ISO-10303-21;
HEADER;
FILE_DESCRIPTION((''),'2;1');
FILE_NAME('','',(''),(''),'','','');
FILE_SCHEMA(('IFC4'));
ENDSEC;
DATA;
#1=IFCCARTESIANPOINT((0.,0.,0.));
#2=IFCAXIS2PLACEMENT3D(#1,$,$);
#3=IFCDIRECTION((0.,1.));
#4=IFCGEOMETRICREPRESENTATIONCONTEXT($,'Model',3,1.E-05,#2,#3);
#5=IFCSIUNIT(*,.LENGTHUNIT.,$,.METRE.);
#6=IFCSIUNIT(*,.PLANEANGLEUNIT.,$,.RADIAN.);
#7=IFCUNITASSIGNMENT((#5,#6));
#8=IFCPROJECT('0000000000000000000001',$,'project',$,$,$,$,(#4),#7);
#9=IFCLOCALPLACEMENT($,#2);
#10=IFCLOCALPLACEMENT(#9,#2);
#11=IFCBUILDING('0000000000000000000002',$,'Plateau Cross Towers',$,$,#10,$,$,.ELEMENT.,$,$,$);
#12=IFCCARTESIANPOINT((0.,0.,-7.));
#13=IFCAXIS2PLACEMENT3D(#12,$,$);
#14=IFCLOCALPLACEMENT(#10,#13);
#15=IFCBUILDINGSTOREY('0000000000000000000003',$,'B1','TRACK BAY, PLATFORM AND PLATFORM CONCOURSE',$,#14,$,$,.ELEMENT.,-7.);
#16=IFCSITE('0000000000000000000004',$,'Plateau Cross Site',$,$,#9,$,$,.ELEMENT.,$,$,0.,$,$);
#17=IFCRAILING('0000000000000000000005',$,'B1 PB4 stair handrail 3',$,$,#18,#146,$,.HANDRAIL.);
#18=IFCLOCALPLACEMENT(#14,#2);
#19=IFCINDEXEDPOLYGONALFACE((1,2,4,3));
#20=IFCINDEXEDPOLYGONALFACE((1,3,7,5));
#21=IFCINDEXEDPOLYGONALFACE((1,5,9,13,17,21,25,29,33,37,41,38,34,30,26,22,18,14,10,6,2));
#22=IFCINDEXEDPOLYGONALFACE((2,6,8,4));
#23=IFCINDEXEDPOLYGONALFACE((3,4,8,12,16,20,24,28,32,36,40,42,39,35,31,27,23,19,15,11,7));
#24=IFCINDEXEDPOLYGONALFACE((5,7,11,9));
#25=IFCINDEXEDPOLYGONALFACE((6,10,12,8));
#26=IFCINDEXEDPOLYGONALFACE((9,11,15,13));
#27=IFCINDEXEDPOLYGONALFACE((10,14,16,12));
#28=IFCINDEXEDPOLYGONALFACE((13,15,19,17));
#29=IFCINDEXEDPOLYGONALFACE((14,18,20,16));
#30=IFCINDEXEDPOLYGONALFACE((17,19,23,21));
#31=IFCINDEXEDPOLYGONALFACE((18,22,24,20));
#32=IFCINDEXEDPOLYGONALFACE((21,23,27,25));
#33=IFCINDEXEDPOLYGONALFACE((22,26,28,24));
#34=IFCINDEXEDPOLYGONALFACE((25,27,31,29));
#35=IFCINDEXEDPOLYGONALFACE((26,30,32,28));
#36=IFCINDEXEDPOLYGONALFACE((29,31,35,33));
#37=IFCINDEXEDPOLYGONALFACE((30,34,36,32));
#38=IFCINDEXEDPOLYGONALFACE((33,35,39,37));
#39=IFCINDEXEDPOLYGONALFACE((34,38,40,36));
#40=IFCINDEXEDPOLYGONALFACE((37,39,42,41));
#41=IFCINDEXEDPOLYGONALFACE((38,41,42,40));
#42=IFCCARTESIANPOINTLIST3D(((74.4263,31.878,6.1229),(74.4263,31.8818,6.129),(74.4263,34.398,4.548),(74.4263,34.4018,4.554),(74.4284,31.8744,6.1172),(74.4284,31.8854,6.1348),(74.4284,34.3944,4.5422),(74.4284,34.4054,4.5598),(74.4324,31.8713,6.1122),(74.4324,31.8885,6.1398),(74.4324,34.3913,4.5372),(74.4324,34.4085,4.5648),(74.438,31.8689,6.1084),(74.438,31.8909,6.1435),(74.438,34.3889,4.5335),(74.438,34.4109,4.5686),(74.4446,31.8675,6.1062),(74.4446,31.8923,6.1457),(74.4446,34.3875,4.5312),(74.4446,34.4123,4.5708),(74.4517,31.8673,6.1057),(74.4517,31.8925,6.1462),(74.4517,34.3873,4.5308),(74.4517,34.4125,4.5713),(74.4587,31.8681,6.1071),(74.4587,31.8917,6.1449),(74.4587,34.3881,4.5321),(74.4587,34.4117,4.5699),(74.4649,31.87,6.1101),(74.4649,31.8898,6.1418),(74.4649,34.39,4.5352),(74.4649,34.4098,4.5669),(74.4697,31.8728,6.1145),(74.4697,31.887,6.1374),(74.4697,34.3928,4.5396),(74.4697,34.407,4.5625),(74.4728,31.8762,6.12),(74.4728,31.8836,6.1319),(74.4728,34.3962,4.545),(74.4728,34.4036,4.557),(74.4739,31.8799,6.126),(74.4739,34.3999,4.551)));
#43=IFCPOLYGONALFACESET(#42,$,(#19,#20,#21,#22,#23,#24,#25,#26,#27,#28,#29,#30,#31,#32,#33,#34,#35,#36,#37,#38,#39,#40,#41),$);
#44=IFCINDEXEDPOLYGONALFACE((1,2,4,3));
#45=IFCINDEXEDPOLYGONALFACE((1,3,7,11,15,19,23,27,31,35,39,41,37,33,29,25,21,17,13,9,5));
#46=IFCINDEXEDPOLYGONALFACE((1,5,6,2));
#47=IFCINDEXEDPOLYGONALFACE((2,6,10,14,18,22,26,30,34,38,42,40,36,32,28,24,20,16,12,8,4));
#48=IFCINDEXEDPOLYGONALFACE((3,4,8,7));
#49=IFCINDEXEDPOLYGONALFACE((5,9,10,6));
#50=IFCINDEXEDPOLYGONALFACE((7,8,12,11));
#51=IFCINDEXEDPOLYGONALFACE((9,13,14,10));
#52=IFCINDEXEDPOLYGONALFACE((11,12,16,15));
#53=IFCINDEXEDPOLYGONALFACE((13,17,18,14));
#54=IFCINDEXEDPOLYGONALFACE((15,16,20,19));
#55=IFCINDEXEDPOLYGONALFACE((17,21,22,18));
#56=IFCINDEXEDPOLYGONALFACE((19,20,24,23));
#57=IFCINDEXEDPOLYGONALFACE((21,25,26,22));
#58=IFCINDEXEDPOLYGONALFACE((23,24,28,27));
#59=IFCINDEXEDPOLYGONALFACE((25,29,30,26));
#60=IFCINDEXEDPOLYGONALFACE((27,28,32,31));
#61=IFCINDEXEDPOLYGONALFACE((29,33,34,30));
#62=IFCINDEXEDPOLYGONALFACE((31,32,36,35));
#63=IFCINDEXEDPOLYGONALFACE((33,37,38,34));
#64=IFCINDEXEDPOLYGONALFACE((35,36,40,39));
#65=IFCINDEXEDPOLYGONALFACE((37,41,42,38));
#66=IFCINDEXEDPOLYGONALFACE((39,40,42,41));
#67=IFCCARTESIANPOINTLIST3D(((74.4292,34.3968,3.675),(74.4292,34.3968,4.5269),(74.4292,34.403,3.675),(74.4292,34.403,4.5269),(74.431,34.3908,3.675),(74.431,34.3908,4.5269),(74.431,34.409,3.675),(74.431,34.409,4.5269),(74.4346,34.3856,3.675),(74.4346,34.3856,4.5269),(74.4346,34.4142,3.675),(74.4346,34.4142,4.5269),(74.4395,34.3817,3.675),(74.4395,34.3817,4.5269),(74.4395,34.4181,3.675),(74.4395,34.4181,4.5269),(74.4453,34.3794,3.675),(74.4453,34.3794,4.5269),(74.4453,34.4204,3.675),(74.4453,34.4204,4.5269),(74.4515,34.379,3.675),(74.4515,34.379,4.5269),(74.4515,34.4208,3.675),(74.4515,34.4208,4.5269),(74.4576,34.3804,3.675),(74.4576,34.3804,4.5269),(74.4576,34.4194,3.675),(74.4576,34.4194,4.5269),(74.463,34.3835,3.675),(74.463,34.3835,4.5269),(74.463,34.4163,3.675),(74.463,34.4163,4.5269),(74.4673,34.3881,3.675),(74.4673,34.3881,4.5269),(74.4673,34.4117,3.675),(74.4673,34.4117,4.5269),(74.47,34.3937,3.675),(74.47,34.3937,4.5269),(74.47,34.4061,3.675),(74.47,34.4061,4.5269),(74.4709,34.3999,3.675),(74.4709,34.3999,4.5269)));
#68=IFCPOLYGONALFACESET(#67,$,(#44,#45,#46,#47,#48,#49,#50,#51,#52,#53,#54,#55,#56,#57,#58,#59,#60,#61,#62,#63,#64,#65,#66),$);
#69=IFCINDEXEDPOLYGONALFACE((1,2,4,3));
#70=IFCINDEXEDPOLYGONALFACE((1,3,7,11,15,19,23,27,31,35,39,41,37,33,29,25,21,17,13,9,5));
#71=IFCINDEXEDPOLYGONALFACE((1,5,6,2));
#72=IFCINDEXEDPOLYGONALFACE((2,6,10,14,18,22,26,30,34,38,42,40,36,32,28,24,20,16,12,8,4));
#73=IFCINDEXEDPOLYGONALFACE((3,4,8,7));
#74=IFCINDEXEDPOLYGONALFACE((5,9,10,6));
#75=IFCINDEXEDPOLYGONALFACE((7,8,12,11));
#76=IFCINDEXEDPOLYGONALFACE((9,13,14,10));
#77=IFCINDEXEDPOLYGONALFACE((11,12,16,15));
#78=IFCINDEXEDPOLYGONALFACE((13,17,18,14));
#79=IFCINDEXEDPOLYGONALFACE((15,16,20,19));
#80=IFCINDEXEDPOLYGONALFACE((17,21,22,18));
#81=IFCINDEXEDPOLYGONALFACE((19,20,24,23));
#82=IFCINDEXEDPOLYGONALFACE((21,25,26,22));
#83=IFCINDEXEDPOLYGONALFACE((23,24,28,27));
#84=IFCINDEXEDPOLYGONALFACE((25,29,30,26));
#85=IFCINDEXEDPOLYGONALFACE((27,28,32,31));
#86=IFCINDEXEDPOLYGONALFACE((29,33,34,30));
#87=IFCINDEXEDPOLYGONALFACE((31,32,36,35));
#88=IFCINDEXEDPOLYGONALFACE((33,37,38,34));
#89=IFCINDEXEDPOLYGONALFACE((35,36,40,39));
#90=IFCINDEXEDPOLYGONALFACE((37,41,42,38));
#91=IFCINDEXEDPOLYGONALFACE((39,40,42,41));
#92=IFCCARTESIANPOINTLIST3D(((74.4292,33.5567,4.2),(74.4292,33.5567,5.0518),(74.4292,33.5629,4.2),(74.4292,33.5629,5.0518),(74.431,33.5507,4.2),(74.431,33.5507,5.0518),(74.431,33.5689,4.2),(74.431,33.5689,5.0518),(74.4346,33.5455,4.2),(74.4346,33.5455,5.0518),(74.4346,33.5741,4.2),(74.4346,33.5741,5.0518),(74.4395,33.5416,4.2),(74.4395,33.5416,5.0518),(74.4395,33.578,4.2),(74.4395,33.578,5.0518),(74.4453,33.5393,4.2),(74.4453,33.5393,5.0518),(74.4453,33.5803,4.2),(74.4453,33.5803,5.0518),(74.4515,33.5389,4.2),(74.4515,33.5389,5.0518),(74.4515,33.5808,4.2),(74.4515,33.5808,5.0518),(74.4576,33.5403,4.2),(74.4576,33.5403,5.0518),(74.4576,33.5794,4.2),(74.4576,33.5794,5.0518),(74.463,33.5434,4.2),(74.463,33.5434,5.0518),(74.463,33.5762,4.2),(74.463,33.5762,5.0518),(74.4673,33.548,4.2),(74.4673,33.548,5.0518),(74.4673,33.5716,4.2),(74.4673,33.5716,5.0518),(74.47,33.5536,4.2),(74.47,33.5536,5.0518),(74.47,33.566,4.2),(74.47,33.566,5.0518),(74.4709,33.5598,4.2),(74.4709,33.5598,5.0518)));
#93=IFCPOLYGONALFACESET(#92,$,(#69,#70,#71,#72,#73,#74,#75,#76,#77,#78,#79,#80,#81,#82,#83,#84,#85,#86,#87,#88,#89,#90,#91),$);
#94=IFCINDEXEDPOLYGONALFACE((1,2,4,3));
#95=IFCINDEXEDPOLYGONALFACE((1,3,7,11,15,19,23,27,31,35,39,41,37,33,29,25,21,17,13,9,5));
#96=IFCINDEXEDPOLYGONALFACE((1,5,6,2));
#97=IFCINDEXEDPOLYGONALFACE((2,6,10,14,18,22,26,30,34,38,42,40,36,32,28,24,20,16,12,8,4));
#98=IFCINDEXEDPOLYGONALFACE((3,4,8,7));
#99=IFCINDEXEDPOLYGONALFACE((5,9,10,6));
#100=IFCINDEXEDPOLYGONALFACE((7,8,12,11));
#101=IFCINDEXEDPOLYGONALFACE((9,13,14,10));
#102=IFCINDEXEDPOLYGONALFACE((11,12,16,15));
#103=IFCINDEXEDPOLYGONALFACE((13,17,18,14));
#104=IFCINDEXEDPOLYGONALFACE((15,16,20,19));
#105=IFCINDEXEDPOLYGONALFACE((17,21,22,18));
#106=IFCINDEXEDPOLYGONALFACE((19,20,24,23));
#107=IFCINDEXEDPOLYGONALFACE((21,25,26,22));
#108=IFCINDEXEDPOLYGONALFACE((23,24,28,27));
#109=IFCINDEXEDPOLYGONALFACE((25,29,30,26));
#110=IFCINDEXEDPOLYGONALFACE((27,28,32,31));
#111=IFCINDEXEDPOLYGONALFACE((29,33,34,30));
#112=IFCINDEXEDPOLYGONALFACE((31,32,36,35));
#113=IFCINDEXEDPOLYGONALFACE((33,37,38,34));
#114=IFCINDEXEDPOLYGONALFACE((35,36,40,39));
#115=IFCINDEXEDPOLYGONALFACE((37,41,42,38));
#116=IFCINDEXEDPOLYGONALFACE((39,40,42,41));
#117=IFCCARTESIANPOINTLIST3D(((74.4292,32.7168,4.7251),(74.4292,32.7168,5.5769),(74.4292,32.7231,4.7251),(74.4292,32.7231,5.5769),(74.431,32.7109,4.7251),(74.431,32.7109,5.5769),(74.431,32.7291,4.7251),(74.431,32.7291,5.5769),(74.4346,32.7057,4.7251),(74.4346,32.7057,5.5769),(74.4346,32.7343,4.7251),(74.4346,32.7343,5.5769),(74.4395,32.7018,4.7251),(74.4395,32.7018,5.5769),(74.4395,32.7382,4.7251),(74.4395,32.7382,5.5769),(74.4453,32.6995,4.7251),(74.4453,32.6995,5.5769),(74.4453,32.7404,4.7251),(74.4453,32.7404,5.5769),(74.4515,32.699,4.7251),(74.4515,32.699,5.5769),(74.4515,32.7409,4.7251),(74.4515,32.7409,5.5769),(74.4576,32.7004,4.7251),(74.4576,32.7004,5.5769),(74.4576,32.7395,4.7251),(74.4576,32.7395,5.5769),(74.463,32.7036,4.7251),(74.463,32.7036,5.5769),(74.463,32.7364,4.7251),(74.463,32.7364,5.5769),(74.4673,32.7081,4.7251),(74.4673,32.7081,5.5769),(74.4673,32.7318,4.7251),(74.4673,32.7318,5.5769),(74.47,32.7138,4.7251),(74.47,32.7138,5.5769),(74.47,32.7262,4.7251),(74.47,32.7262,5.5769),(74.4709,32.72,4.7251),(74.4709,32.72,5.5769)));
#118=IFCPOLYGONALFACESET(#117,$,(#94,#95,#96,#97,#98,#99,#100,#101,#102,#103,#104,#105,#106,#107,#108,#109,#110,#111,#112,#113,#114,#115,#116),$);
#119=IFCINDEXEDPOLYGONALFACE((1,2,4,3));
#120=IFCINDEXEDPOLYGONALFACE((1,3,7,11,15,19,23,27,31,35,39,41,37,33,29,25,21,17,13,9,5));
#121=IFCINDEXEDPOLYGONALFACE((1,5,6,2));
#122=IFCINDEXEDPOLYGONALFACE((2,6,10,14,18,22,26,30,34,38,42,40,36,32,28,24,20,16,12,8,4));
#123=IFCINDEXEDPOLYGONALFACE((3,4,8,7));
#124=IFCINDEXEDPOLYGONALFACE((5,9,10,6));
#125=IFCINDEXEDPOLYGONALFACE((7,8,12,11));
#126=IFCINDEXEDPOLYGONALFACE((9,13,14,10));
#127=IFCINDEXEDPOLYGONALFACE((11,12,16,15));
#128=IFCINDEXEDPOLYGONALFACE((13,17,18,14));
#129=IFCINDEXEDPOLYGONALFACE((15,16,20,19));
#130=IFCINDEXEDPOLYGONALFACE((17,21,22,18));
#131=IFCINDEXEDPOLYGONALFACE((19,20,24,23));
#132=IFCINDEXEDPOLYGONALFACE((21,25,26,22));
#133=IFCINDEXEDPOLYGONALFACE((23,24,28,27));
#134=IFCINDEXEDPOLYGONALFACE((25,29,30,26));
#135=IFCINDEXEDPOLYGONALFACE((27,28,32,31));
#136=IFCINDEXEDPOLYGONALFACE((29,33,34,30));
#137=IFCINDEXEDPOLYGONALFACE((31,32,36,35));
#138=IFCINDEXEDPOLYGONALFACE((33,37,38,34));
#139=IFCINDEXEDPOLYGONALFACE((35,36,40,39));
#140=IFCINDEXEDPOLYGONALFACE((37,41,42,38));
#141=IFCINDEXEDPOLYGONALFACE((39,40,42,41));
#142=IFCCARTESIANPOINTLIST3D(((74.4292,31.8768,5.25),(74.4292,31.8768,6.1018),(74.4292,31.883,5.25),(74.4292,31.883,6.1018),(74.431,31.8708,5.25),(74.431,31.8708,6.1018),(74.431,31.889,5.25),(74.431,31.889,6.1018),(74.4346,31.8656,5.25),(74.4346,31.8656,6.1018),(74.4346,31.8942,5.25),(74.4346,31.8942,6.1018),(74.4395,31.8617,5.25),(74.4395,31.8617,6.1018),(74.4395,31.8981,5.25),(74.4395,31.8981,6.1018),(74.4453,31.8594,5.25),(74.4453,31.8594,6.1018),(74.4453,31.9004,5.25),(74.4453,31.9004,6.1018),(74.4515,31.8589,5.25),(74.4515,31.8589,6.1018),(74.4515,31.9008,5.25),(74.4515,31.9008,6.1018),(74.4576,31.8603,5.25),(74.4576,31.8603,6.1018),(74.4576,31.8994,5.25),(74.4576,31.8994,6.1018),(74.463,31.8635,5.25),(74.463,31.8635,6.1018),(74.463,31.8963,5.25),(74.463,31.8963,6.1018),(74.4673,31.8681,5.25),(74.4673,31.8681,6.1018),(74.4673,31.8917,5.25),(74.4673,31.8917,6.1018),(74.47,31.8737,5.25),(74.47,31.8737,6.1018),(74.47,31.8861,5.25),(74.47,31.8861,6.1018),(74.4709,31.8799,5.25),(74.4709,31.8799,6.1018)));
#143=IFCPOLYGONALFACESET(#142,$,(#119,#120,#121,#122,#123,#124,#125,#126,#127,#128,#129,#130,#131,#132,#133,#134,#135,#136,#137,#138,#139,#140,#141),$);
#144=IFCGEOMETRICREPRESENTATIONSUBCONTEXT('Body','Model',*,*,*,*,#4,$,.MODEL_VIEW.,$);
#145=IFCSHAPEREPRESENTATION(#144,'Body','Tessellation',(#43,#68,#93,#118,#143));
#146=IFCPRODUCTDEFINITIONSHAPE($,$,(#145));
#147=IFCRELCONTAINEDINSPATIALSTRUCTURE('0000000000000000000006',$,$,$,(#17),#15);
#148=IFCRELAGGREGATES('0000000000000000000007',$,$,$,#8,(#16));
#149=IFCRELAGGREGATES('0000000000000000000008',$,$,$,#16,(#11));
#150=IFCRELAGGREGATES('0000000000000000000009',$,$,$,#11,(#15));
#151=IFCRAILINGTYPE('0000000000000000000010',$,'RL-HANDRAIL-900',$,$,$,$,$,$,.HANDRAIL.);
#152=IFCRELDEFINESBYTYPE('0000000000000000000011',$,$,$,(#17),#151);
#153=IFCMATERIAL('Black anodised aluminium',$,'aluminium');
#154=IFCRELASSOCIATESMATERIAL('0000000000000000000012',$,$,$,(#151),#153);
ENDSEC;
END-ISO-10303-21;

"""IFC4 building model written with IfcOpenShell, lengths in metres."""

from ifc_helpers import new_model, si_unit, direction, frame, origin, origin_2d, place, context, subcontext, project, spatial, circle, extrude, material, type_object, element, save


model = new_model("IFC4")

# Units and contexts
model_context = context("Model", 3, precision=1e-05, world=origin(), true_north=direction((0.0, 1.0)))
body_context = subcontext(model_context, "Body", "Model", "MODEL_VIEW")
ifc_project = project(units=[si_unit("LENGTHUNIT", "METRE"), si_unit("PLANEANGLEUNIT", "RADIAN")], contexts=[model_context])

# Site, building, storey
site_placement = place(None, origin())
site = spatial("IfcSite", under=ifc_project, at=site_placement, Name="Plateau Cross Site", CompositionType="ELEMENT", RefElevation=0.0)
building_placement = place(site_placement, origin())
building = spatial("IfcBuilding", under=site, at=building_placement, Name="Plateau Cross Towers", CompositionType="ELEMENT")
storey_placement = place(building_placement, frame((0.0, 0.0, -7.0)))
storey = spatial("IfcBuildingStorey", under=building, at=storey_placement, Name="B1", Description="TRACK BAY, PLATFORM AND PLATFORM CONCOURSE", CompositionType="ELEMENT", Elevation=-7.0)

# Railing
ifc_material_1 = material(Name="Black anodised aluminium", Category="aluminium")
railing_type_1 = type_object("IfcRailingType", Name="RL-HANDRAIL-900", PredefinedType="HANDRAIL", material=ifc_material_1)
railing_1_placement = place(storey_placement, frame((74.45, 34.3999, 3.675)))
element("IfcRailing", 1, at=railing_1_placement, inside=storey, type_object=railing_type_1, Name="B1 PB4 stair handrail 3", PredefinedType="HANDRAIL", context=body_context, shape_type="SweptSolid", body=[
    extrude(circle(Radius=0.0239, at=origin_2d()), frame((0.0, 0.0, 0.876), z_axis=(0.0, -0.848008, 0.529984), x_axis=(1.0, 0.0, 0.0)), (0.0, 0.0, 1.0), 2.9717),
    extrude(circle(Radius=0.021, at=origin_2d()), origin(), (0.0, 0.0, 1.0), 0.8518),
    extrude(circle(Radius=0.021, at=origin_2d()), frame((0.0, -0.8401, 0.5249)), (0.0, 0.0, 1.0), 0.8518),
    extrude(circle(Radius=0.021, at=origin_2d()), frame((0.0, -1.6799, 1.05)), (0.0, 0.0, 1.0), 0.8518),
    extrude(circle(Radius=0.021, at=origin_2d()), frame((0.0, -2.52, 1.575)), (0.0, 0.0, 1.0), 0.8518),
])

save(model, "model.ifc")
